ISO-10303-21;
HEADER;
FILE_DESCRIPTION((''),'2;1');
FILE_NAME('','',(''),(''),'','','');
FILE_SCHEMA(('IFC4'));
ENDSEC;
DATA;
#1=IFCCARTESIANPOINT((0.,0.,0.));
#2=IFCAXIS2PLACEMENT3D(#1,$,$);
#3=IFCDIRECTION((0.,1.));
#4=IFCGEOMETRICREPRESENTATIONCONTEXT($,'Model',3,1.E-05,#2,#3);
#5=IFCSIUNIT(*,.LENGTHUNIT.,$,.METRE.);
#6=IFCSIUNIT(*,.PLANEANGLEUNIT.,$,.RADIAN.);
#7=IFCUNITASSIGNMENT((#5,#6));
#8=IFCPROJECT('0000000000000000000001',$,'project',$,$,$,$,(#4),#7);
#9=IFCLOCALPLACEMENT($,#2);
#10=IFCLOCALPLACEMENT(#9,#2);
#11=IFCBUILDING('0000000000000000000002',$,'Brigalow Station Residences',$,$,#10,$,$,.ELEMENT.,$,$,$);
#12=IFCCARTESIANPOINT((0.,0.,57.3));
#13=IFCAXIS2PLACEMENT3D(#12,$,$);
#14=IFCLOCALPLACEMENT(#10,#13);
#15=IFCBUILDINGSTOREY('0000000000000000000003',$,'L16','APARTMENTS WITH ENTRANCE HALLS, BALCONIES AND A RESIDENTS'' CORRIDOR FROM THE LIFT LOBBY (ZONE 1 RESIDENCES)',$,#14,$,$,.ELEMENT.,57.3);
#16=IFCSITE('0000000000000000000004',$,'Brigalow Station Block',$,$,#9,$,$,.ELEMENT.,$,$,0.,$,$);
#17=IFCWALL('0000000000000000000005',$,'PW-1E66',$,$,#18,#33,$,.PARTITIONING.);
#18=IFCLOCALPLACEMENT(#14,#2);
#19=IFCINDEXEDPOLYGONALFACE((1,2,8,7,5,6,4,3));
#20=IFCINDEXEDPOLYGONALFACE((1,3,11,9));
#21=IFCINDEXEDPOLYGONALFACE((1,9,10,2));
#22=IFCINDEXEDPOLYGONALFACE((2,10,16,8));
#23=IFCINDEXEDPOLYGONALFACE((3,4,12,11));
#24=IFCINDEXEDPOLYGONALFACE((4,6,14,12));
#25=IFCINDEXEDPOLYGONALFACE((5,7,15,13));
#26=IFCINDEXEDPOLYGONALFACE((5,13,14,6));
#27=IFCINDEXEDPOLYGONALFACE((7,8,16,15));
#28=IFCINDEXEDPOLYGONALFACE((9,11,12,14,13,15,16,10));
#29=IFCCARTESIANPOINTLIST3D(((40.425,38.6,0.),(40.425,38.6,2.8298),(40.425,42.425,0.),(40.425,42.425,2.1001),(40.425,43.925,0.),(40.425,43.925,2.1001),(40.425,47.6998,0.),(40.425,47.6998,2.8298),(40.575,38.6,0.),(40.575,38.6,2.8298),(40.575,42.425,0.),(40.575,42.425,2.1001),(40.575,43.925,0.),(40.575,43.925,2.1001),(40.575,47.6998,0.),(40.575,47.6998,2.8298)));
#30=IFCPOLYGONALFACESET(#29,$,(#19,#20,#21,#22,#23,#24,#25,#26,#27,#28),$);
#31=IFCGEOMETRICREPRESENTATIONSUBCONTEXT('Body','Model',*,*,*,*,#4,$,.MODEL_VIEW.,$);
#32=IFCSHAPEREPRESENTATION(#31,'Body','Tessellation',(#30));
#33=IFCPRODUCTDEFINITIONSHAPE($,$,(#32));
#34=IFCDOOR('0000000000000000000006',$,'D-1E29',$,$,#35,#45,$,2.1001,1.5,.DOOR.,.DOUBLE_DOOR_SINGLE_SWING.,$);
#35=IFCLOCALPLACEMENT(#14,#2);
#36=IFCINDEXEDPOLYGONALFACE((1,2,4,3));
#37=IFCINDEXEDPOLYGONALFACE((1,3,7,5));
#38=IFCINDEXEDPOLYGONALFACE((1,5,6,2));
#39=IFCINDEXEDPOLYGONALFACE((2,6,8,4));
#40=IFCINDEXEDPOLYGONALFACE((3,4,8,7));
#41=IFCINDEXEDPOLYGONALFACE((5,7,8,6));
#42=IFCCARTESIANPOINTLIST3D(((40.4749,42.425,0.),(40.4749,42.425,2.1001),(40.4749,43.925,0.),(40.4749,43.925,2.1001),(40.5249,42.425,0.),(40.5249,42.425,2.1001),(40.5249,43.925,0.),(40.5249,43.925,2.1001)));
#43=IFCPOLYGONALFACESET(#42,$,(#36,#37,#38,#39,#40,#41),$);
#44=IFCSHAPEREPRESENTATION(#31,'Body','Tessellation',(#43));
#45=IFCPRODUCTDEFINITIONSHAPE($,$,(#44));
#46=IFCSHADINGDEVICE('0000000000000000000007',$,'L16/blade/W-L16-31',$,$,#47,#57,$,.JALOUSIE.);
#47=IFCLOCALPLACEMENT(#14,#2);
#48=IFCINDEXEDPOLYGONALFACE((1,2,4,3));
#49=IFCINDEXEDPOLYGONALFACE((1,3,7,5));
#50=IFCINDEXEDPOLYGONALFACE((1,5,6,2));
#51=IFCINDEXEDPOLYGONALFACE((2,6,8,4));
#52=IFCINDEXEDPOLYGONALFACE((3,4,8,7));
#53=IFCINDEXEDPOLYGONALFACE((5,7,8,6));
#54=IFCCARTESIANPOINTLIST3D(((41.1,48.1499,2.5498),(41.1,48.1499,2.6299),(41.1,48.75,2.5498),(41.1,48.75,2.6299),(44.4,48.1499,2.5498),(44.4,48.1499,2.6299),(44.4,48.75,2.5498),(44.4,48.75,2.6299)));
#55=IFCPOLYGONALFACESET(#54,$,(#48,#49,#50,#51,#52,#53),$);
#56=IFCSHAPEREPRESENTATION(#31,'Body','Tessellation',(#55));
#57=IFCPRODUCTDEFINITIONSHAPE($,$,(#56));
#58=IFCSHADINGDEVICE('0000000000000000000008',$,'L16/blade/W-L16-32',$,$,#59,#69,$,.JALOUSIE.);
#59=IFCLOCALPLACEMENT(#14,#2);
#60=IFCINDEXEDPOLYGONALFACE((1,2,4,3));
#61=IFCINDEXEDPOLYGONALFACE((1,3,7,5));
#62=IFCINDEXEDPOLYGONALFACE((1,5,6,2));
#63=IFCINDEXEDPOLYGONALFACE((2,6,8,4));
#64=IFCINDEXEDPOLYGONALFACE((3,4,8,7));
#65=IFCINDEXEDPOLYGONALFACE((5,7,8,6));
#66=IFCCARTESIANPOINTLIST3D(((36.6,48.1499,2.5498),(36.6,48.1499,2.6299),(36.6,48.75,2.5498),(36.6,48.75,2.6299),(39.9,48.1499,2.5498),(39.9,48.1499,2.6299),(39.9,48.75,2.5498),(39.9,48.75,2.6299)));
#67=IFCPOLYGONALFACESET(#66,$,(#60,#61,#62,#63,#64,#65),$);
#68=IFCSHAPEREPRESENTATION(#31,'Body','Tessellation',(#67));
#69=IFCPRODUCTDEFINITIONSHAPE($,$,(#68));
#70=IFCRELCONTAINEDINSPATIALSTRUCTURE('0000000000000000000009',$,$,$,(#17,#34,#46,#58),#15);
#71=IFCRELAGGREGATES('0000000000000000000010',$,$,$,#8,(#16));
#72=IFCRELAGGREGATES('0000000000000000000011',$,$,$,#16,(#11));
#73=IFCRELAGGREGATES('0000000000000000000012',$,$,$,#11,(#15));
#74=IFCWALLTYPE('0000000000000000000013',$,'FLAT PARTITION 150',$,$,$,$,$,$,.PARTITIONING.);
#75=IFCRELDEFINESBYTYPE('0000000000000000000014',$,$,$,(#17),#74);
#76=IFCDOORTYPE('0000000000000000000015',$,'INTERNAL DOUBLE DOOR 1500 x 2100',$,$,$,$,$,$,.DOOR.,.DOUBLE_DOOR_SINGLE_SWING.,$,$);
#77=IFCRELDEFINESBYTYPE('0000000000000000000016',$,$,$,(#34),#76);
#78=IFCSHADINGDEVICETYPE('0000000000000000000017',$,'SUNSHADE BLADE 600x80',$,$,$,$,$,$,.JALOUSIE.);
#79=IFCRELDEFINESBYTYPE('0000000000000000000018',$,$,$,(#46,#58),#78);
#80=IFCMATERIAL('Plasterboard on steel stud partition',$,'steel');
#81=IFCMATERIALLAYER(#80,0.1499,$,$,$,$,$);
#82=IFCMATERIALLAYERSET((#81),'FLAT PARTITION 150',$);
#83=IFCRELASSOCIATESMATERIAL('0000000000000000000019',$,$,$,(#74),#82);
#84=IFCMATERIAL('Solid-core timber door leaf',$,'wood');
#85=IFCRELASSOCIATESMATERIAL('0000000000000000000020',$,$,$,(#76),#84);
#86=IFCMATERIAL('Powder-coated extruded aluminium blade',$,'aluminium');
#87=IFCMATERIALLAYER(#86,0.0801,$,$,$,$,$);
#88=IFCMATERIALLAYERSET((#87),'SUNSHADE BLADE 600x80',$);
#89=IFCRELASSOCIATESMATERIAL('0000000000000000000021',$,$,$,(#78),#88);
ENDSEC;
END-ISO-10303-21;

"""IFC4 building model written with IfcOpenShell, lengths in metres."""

from ifc_helpers import new_model, si_unit, direction, frame, frame_2d, origin, origin_2d, place, context, subcontext, project, spatial, rectangle, extrude, material, layer, layer_set, type_object, element, fill, save


model = new_model("IFC4")

# Units and contexts
model_context = context("Model", 3, precision=1e-05, world=origin(), true_north=direction((0.0, 1.0)))
body_context = subcontext(model_context, "Body", "Model", "MODEL_VIEW")
ifc_project = project(units=[si_unit("LENGTHUNIT", "METRE"), si_unit("PLANEANGLEUNIT", "RADIAN")], contexts=[model_context])

# Site, building, storey
site_placement = place(None, origin())
site = spatial("IfcSite", under=ifc_project, at=site_placement, Name="Brigalow Station Block", CompositionType="ELEMENT", RefElevation=0.0)
building_placement = place(site_placement, origin())
building = spatial("IfcBuilding", under=site, at=building_placement, Name="Brigalow Station Residences", CompositionType="ELEMENT")
storey_placement = place(building_placement, frame((0.0, 0.0, 57.3)))
storey = spatial("IfcBuildingStorey", under=building, at=storey_placement, Name="L16", Description="APARTMENTS WITH ENTRANCE HALLS, BALCONIES AND A RESIDENTS' CORRIDOR FROM THE LIFT LOBBY (ZONE 1 RESIDENCES)", CompositionType="ELEMENT", Elevation=57.3)

# Wall, opening, door
ifc_material_1 = material(Name="Plasterboard on steel stud partition", Category="steel")
ifc_layer_1 = layer(ifc_material_1, 0.1499)
ifc_layer_set_1 = layer_set([ifc_layer_1], Name="FLAT PARTITION 150")
wall_type_1 = type_object("IfcWallType", Name="FLAT PARTITION 150", PredefinedType="PARTITIONING", material=ifc_layer_set_1)
wall_1_placement = place(storey_placement, frame((40.5, 38.6001, 0.0), z_axis=(0.0, 0.0, 1.0), x_axis=(0.0, 1.0, 0.0)))
wall_1 = element("IfcWall", 1, at=wall_1_placement, inside=storey, type_object=wall_type_1, Name="PW-1E66", PredefinedType="PARTITIONING", context=body_context, shape_type="SweptSolid", body=[
    extrude(rectangle(XDim=9.0999, YDim=0.1499, at=frame_2d((4.5498, 0.0))), origin(), (0.0, 0.0, 1.0), 2.8298),
])
opening_1_placement = place(wall_1_placement, frame((3.825, 0.0, 0.0)))
opening_1 = element("IfcOpeningElement", 2, at=opening_1_placement, cuts=wall_1, PredefinedType="OPENING", context=body_context, shape_type="SweptSolid", body=[
    extrude(rectangle(XDim=1.5, YDim=2.1001, at=frame_2d((0.75, 1.05))), frame((0.0, 0.085, 0.0), z_axis=(0.0, -1.0, 0.0), x_axis=(1.0, 0.0, 0.0)), (0.0, 0.0, 1.0), 0.1699),
])
ifc_material_2 = material(Name="Solid-core timber door leaf", Category="wood")
door_type_1 = type_object("IfcDoorType", Name="INTERNAL DOUBLE DOOR 1500 x 2100", OperationType="DOUBLE_DOOR_SINGLE_SWING", PredefinedType="DOOR", material=ifc_material_2)
door_1_placement = place(opening_1_placement, frame((1.5, 0.0, 0.0), z_axis=(0.0, 0.0, 1.0), x_axis=(-1.0, 0.0, 0.0)))
door_1 = element("IfcDoor", 3, at=door_1_placement, inside=storey, type_object=door_type_1, Name="D-1E29", OperationType="DOUBLE_DOOR_SINGLE_SWING", OverallHeight=2.1001, OverallWidth=1.5, PredefinedType="DOOR", context=body_context, shape_type="SweptSolid", body=[
    extrude(rectangle(XDim=1.5, YDim=2.1001, at=frame_2d((0.75, 1.05))), frame((0.0, 0.0249, 0.0), z_axis=(0.0, -1.0, 0.0), x_axis=(1.0, 0.0, 0.0)), (0.0, 0.0, 1.0), 0.05),
])
fill(opening_1, door_1)

# Shading devices
ifc_material_3 = material(Name="Powder-coated extruded aluminium blade", Category="aluminium")
ifc_layer_2 = layer(ifc_material_3, 0.0801)
ifc_layer_set_2 = layer_set([ifc_layer_2], Name="SUNSHADE BLADE 600x80")
shading_device_type = type_object("IfcShadingDeviceType", Name="SUNSHADE BLADE 600x80", PredefinedType="JALOUSIE", material=ifc_layer_set_2)
for number, where, z_axis, x_axis, name in (
    (4, (42.75, 48.45, 2.5498), (0.0, 0.0, 1.0), (-1.0, 0.0, 0.0), "L16/blade/W-L16-31"),
    (5, (38.25, 48.45, 2.5498), (0.0, 0.0, 1.0), (-1.0, 0.0, 0.0), "L16/blade/W-L16-32"),
):
    element("IfcShadingDevice", number, at=place(storey_placement, frame(where, z_axis=z_axis, x_axis=x_axis)), inside=storey, type_object=shading_device_type, Name=name, PredefinedType="JALOUSIE", context=body_context, shape_type="SweptSolid", body=[
        extrude(rectangle(XDim=3.3, YDim=0.6001, at=origin_2d()), origin(), (0.0, 0.0, 1.0), 0.0801),
    ])

save(model, "model.ifc")
